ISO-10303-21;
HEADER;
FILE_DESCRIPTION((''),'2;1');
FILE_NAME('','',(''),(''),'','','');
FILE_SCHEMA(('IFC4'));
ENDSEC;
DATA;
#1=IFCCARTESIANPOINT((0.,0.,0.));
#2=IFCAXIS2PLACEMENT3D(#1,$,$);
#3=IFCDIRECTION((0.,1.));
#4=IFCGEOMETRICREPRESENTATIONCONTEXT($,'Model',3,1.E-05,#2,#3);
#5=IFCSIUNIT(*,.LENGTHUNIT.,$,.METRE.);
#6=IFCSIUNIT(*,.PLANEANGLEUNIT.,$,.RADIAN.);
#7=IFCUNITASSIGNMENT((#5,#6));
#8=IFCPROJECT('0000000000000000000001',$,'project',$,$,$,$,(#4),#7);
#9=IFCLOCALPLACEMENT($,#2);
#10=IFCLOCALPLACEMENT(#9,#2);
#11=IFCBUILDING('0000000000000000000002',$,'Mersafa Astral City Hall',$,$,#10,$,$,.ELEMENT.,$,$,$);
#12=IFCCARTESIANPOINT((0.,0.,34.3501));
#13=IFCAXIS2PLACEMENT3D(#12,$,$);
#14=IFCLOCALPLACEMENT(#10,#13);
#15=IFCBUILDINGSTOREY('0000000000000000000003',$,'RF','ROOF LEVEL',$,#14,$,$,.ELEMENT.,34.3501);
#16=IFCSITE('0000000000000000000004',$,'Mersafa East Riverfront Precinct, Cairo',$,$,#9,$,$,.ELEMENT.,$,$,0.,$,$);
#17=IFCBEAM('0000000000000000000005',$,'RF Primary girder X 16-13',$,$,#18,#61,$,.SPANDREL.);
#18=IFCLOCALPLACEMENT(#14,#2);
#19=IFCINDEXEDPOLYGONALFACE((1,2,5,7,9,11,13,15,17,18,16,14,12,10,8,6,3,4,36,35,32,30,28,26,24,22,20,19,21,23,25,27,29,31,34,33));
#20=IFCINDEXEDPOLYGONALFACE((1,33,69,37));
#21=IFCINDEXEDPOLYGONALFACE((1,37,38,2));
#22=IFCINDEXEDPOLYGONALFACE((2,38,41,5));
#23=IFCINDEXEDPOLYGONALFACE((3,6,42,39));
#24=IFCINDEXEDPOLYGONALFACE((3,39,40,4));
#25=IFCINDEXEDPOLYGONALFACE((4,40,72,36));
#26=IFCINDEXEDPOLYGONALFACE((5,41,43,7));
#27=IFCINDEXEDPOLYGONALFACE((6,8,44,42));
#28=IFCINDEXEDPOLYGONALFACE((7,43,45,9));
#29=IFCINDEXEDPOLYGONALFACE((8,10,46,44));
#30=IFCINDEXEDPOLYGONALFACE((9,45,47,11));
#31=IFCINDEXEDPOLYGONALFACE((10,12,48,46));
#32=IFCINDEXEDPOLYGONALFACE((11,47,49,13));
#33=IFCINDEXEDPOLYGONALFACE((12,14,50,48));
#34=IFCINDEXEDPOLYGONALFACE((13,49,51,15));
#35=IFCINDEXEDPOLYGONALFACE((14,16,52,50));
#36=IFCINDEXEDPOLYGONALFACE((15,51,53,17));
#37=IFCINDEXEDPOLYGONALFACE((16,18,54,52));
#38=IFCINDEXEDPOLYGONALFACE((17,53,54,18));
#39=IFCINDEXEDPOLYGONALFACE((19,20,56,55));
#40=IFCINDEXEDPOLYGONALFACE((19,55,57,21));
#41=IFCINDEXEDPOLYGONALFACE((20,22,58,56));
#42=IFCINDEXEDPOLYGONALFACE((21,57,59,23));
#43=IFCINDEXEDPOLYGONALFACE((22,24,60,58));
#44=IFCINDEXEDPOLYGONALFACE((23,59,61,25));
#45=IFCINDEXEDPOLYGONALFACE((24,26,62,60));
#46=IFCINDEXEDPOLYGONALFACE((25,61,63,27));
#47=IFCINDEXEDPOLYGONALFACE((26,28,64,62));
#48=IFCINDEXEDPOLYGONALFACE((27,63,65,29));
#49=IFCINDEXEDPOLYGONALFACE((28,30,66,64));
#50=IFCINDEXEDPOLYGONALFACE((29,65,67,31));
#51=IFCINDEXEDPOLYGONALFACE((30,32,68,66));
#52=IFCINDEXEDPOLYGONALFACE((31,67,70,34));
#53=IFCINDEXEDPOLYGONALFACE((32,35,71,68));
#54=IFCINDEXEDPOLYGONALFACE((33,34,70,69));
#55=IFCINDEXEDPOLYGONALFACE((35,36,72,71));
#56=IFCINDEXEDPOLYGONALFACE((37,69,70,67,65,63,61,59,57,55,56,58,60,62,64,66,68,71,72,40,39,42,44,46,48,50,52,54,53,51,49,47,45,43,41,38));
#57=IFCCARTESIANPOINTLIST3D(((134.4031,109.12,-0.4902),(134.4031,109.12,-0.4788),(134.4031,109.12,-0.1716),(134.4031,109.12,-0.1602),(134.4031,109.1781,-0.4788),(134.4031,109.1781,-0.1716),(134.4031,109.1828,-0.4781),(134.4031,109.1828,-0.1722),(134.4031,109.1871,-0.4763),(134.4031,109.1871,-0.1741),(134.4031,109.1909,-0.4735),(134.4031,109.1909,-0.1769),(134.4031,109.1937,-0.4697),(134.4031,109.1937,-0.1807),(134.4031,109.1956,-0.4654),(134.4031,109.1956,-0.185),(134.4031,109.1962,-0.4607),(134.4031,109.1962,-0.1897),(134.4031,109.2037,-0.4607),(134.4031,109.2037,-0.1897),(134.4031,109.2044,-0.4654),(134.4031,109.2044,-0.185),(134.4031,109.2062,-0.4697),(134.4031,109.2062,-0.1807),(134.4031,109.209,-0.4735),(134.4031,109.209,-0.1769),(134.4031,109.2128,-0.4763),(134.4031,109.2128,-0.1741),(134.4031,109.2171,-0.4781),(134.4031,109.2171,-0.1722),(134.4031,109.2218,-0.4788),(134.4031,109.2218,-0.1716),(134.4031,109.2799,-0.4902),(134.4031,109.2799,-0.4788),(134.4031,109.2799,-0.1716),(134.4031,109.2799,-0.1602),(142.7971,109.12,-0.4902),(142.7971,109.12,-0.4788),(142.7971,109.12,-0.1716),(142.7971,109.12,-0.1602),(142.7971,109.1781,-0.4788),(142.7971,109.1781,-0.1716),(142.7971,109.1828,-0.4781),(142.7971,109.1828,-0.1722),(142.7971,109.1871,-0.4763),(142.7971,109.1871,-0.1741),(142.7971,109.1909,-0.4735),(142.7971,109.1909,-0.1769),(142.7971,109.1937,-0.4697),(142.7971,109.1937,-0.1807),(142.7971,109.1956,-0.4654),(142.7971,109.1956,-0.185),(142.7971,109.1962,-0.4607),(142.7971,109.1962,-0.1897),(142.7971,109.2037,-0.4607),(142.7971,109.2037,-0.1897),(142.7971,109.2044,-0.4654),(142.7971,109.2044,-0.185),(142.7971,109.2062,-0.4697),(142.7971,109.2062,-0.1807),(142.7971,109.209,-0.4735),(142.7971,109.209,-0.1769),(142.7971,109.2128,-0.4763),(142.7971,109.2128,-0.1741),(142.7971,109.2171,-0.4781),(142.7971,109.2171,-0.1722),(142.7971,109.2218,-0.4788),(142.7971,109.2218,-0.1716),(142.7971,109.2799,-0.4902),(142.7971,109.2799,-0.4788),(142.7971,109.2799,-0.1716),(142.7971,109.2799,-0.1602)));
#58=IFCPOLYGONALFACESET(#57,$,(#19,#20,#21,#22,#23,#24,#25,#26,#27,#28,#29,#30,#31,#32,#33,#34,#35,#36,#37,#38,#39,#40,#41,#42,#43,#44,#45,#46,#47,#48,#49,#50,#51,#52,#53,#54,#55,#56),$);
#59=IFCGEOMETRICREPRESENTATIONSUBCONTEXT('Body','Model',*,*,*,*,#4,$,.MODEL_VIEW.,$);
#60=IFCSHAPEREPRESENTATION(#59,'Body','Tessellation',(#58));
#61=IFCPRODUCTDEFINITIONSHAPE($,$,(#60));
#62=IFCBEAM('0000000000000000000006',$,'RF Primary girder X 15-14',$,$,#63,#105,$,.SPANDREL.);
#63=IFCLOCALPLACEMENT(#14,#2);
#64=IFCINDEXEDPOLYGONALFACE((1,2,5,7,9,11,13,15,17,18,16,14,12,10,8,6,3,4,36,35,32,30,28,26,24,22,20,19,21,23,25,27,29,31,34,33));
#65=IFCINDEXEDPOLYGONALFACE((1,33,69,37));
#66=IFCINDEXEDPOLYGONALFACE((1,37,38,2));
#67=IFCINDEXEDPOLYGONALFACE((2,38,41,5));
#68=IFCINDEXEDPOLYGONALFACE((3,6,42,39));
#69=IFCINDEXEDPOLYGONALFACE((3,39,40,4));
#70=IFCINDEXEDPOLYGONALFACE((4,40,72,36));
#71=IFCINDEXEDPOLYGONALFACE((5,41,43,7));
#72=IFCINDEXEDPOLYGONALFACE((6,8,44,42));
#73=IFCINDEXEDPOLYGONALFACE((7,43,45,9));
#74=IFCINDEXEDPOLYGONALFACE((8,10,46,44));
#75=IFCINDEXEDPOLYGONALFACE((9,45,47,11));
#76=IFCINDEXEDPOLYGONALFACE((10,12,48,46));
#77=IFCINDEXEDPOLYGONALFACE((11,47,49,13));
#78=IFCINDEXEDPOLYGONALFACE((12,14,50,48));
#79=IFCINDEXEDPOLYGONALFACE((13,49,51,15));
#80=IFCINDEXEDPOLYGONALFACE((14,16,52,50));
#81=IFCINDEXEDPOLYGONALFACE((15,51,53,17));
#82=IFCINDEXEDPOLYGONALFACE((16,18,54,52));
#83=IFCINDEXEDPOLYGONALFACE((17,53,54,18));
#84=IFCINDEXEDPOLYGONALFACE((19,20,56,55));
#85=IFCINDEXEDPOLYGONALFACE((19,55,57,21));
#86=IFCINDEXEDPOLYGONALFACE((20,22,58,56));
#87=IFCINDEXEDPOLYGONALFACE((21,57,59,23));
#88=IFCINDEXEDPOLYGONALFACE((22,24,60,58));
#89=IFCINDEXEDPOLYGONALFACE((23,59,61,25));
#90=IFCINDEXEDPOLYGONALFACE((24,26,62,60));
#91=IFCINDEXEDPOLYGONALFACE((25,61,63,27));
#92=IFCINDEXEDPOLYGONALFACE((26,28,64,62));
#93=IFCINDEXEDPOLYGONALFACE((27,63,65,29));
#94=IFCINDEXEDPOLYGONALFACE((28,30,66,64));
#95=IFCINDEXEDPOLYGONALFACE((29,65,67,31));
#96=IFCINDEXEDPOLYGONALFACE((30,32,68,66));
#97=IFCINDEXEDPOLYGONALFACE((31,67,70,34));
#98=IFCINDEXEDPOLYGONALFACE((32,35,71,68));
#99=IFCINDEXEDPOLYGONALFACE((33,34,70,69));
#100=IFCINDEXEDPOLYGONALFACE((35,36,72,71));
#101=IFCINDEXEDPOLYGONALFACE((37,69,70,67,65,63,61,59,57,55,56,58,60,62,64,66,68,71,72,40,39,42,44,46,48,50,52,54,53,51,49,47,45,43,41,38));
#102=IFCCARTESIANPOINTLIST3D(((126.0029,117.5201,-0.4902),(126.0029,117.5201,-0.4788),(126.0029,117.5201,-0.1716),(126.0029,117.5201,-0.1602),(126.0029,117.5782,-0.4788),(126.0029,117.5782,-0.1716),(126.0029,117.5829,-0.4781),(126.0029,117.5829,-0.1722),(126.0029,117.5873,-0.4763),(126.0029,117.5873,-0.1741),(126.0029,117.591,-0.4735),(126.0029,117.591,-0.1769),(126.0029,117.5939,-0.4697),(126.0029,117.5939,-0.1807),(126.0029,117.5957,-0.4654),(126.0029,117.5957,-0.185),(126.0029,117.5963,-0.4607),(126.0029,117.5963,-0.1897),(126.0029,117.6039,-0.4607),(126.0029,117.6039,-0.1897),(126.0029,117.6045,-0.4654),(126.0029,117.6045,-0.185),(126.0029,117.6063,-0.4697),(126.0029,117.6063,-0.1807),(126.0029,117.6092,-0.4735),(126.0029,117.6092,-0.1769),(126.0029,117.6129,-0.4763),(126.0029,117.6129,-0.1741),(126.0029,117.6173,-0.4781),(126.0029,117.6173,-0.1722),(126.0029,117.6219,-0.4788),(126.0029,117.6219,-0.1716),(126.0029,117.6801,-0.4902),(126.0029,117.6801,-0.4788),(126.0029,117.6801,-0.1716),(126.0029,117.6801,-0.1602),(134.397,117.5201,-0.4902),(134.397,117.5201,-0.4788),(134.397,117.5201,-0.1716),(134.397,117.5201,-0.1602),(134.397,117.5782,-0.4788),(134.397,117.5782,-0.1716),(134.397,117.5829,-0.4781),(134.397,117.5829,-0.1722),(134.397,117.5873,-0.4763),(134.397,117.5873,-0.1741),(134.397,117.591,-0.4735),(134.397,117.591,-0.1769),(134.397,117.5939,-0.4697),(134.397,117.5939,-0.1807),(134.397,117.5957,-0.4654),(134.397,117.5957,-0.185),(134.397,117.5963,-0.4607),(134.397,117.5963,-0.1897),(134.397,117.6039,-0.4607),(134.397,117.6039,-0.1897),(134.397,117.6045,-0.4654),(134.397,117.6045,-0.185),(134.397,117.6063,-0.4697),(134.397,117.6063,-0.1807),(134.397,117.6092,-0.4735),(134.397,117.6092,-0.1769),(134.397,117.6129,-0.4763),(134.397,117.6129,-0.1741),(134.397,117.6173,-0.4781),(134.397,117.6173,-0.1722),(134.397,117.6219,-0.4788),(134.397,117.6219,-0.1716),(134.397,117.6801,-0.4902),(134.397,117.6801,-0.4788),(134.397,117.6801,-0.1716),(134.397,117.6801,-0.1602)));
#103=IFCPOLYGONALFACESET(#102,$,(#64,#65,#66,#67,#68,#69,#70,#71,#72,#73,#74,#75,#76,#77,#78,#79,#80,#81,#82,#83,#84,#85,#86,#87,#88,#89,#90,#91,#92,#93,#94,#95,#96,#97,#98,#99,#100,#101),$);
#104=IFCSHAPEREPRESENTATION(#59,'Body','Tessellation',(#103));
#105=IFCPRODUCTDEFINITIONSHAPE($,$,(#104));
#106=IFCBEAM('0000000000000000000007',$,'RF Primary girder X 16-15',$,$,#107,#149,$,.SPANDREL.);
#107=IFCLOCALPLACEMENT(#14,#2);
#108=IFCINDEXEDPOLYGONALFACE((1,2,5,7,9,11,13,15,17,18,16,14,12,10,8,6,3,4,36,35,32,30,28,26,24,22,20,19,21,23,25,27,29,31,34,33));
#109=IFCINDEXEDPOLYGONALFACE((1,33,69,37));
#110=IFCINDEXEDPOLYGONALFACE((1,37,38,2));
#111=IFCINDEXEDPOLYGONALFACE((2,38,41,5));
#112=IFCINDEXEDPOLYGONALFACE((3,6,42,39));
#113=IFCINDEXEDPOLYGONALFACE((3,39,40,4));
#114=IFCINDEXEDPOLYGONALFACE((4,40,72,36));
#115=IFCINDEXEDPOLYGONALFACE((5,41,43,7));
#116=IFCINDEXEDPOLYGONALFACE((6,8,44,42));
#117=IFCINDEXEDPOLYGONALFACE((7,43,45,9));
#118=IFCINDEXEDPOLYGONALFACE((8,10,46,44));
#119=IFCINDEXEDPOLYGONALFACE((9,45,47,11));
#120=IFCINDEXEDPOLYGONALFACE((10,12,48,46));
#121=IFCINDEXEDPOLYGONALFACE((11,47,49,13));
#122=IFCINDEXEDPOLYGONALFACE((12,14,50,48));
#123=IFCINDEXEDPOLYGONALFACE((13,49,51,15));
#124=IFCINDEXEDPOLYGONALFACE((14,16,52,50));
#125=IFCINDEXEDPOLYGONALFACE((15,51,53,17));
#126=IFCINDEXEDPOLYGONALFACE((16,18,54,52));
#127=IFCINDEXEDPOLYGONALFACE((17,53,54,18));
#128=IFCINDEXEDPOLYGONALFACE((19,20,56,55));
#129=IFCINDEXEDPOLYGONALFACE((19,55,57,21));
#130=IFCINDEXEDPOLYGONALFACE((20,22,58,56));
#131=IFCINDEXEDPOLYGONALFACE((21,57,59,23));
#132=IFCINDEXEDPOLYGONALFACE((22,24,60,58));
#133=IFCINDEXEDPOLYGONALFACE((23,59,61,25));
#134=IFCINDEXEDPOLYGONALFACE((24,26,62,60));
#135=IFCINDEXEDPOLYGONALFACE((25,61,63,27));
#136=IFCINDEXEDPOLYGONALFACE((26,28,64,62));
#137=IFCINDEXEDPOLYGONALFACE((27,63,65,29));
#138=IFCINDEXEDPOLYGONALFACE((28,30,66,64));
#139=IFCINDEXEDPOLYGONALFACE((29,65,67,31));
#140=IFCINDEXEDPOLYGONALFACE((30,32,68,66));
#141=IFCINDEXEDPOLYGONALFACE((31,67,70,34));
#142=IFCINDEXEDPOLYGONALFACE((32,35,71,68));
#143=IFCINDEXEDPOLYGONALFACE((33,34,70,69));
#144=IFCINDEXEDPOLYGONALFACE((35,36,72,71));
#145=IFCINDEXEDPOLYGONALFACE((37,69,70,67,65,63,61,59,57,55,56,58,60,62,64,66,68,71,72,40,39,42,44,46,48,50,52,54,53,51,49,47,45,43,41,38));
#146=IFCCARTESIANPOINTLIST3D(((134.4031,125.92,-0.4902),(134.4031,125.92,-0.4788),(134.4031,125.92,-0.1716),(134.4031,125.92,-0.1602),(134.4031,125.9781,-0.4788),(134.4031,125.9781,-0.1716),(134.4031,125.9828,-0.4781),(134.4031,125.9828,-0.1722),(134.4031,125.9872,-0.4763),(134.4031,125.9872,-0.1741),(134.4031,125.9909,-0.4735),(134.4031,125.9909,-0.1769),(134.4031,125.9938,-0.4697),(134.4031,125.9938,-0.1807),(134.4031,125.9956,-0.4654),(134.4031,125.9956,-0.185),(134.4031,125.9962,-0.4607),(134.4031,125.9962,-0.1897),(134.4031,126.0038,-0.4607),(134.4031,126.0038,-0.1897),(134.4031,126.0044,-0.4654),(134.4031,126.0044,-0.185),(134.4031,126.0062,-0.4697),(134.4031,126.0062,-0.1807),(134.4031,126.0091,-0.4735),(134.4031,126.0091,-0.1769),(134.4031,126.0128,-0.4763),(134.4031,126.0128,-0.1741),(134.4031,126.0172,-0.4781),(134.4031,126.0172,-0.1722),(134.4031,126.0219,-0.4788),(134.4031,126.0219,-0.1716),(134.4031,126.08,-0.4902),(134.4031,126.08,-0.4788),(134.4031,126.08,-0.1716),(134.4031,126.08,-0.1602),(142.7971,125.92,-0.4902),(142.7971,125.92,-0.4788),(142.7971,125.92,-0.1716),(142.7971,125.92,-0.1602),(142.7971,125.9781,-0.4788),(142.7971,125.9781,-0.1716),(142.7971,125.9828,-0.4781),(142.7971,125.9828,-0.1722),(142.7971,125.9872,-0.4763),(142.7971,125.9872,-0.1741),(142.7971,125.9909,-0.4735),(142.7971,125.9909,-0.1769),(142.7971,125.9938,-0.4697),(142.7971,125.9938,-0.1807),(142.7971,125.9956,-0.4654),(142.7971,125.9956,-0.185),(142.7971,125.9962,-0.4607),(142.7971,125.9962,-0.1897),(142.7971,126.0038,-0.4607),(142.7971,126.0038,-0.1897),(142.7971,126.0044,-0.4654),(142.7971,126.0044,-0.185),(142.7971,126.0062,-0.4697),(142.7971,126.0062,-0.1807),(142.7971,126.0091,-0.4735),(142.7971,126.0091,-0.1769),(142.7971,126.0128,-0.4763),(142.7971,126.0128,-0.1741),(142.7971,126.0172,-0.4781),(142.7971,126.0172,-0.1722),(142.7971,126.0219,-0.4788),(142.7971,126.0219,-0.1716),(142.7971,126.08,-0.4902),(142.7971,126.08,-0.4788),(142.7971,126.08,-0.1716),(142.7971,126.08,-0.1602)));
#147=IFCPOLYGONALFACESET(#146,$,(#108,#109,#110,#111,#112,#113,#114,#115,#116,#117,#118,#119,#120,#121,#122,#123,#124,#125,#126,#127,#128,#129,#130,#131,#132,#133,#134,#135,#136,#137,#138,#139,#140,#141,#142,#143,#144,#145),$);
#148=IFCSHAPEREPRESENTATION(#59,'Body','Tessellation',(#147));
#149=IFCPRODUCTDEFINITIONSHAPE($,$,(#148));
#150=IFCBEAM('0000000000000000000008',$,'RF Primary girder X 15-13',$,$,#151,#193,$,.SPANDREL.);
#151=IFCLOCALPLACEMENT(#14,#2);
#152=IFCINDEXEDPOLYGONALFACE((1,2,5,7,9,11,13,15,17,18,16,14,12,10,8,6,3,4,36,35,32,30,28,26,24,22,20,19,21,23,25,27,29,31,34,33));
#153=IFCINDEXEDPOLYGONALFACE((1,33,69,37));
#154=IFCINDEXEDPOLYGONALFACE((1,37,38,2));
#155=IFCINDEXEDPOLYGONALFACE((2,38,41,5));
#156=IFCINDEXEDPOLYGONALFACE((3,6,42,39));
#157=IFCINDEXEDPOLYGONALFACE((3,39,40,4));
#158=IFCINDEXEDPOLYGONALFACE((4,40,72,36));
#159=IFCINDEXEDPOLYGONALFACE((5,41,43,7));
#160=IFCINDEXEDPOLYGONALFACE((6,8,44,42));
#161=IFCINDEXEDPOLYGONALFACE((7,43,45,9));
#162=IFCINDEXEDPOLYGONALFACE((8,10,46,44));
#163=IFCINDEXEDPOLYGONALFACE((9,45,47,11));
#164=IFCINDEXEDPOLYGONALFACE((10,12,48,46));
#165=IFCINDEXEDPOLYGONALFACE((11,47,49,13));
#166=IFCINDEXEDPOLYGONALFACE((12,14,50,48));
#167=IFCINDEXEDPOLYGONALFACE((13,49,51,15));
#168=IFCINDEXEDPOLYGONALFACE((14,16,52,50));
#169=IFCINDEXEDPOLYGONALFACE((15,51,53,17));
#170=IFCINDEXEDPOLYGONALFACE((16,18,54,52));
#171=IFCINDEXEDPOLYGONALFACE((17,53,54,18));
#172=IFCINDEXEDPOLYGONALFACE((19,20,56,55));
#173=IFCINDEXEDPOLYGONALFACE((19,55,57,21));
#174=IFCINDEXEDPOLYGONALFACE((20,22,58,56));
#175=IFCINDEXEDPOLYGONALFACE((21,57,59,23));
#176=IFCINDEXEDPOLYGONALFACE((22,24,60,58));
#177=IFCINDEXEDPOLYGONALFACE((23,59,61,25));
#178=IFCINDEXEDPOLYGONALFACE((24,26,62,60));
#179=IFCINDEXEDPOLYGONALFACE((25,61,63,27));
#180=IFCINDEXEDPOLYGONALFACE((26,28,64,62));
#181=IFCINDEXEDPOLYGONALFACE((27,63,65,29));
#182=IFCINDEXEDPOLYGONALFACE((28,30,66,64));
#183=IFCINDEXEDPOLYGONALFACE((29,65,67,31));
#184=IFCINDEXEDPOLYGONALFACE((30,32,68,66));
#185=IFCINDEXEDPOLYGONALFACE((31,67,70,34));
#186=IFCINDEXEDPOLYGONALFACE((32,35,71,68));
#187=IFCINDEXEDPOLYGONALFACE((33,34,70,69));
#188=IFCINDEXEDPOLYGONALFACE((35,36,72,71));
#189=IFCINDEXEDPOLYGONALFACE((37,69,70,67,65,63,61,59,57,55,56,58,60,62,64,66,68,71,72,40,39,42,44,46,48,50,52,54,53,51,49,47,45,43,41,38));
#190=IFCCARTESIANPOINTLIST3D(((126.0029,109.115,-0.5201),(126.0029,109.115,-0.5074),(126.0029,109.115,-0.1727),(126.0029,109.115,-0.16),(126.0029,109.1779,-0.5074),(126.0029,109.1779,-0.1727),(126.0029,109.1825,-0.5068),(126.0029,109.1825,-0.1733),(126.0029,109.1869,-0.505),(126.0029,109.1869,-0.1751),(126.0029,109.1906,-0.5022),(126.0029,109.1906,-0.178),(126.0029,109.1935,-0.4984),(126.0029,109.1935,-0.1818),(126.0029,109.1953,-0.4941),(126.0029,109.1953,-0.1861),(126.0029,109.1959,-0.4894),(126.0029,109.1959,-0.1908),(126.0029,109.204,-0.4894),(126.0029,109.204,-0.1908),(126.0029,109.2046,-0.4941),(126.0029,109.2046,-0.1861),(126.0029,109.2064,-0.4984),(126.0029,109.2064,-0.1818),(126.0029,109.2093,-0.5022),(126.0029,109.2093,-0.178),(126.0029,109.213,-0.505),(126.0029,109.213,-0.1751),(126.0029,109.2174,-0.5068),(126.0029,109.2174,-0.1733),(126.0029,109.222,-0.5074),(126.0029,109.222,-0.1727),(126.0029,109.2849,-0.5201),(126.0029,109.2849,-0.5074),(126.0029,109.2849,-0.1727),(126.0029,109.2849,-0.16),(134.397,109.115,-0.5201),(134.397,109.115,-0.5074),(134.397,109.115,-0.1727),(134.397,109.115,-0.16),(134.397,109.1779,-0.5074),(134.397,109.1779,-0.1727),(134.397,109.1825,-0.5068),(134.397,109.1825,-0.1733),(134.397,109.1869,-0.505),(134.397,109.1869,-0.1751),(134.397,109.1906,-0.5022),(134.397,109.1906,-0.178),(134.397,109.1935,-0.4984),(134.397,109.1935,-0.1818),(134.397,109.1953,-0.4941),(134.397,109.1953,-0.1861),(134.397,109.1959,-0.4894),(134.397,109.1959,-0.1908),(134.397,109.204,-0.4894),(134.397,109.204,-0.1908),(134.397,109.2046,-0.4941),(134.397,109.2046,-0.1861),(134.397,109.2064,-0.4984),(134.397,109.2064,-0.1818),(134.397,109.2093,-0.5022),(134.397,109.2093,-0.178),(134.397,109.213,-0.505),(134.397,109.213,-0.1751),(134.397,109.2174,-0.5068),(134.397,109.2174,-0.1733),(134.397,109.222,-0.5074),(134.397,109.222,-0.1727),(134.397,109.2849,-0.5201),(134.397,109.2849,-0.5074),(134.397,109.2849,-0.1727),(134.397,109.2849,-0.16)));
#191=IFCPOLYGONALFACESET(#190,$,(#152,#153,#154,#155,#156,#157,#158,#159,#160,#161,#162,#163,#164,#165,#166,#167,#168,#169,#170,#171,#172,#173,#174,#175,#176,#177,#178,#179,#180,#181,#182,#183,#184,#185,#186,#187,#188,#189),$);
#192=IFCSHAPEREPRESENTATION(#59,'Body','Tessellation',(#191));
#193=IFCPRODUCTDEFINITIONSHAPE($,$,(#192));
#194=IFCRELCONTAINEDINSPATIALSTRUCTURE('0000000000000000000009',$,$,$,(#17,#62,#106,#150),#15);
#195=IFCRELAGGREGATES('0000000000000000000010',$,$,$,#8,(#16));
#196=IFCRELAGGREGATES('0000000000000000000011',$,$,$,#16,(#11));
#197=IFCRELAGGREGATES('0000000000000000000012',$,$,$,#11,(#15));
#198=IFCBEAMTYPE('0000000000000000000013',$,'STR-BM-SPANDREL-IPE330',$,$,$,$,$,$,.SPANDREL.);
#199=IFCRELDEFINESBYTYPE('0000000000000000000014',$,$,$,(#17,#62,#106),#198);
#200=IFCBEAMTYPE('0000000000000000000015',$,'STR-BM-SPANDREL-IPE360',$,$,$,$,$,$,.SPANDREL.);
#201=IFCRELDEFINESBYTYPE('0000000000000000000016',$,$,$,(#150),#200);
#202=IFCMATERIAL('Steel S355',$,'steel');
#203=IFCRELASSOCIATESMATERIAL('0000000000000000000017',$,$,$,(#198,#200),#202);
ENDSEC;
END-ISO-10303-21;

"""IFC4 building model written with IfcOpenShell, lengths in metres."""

from ifc_helpers import new_model, si_unit, direction, frame, origin, origin_2d, place, context, subcontext, project, spatial, i_section, extrude, material, material_profile, profile_set, type_object, element, save


model = new_model("IFC4")

# Units and contexts
model_context = context("Model", 3, precision=1e-05, world=origin(), true_north=direction((0.0, 1.0)))
body_context = subcontext(model_context, "Body", "Model", "MODEL_VIEW")
ifc_project = project(units=[si_unit("LENGTHUNIT", "METRE"), si_unit("PLANEANGLEUNIT", "RADIAN")], contexts=[model_context])

# Site, building, storey
site_placement = place(None, origin())
site = spatial("IfcSite", under=ifc_project, at=site_placement, Name="Mersafa East Riverfront Precinct, Cairo", CompositionType="ELEMENT", RefElevation=0.0)
building_placement = place(site_placement, origin())
building = spatial("IfcBuilding", under=site, at=building_placement, Name="Mersafa Astral City Hall", CompositionType="ELEMENT")
storey_placement = place(building_placement, frame((0.0, 0.0, 34.3501)))
storey = spatial("IfcBuildingStorey", under=building, at=storey_placement, Name="RF", Description="ROOF LEVEL", CompositionType="ELEMENT", Elevation=34.3501)

# Shared definitions
ifc_material = material(Name="Steel S355", Category="steel")

# Beams
ifc_material_profile_1 = material_profile(ifc_material, i_section(OverallWidth=0.1599, OverallDepth=0.3301, WebThickness=0.0076, FlangeThickness=0.0115, FilletRadius=0.0181, at=origin_2d()), Name="IPE 330")
ifc_profile_set_1 = profile_set([ifc_material_profile_1], Name="Steel S355")
beam_type_1 = type_object("IfcBeamType", Name="STR-BM-SPANDREL-IPE330", PredefinedType="SPANDREL", material=ifc_profile_set_1)
for number, where, z_axis, x_axis, name in (
    (1, (134.4031, 109.2, -0.3252), (1.0, 0.0, 0.0), (0.0, 1.0, 0.0), "RF Primary girder X 16-13"),
    (2, (126.0029, 117.6001, -0.3252), (1.0, 0.0, 0.0), (0.0, 1.0, 0.0), "RF Primary girder X 15-14"),
    (3, (134.4031, 126.0, -0.3252), (1.0, 0.0, 0.0), (0.0, 1.0, 0.0), "RF Primary girder X 16-15"),
):
    element("IfcBeam", number, at=place(storey_placement, frame(where, z_axis=z_axis, x_axis=x_axis)), inside=storey, type_object=beam_type_1, Name=name, PredefinedType="SPANDREL", context=body_context, shape_type="SweptSolid", body=[
        extrude(i_section(OverallWidth=0.1599, OverallDepth=0.3301, WebThickness=0.0076, FlangeThickness=0.0115, FilletRadius=0.0181, at=origin_2d()), origin(), (0.0, 0.0, 1.0), 8.394),
    ])
ifc_material_profile_2 = material_profile(ifc_material, i_section(OverallWidth=0.1699, OverallDepth=0.3601, WebThickness=0.0081, FlangeThickness=0.0127, FilletRadius=0.0181, at=origin_2d()), Name="IPE 360")
ifc_profile_set_2 = profile_set([ifc_material_profile_2], Name="Steel S355")
beam_type_2 = type_object("IfcBeamType", Name="STR-BM-SPANDREL-IPE360", PredefinedType="SPANDREL", material=ifc_profile_set_2)
for number, where, z_axis, x_axis, name in (
    (4, (126.0029, 109.2, -0.3401), (1.0, 0.0, 0.0), (0.0, 1.0, 0.0), "RF Primary girder X 15-13"),
):
    element("IfcBeam", number, at=place(storey_placement, frame(where, z_axis=z_axis, x_axis=x_axis)), inside=storey, type_object=beam_type_2, Name=name, PredefinedType="SPANDREL", context=body_context, shape_type="SweptSolid", body=[
        extrude(i_section(OverallWidth=0.1699, OverallDepth=0.3601, WebThickness=0.0081, FlangeThickness=0.0127, FilletRadius=0.0181, at=origin_2d()), origin(), (0.0, 0.0, 1.0), 8.394),
    ])

save(model, "model.ifc")
